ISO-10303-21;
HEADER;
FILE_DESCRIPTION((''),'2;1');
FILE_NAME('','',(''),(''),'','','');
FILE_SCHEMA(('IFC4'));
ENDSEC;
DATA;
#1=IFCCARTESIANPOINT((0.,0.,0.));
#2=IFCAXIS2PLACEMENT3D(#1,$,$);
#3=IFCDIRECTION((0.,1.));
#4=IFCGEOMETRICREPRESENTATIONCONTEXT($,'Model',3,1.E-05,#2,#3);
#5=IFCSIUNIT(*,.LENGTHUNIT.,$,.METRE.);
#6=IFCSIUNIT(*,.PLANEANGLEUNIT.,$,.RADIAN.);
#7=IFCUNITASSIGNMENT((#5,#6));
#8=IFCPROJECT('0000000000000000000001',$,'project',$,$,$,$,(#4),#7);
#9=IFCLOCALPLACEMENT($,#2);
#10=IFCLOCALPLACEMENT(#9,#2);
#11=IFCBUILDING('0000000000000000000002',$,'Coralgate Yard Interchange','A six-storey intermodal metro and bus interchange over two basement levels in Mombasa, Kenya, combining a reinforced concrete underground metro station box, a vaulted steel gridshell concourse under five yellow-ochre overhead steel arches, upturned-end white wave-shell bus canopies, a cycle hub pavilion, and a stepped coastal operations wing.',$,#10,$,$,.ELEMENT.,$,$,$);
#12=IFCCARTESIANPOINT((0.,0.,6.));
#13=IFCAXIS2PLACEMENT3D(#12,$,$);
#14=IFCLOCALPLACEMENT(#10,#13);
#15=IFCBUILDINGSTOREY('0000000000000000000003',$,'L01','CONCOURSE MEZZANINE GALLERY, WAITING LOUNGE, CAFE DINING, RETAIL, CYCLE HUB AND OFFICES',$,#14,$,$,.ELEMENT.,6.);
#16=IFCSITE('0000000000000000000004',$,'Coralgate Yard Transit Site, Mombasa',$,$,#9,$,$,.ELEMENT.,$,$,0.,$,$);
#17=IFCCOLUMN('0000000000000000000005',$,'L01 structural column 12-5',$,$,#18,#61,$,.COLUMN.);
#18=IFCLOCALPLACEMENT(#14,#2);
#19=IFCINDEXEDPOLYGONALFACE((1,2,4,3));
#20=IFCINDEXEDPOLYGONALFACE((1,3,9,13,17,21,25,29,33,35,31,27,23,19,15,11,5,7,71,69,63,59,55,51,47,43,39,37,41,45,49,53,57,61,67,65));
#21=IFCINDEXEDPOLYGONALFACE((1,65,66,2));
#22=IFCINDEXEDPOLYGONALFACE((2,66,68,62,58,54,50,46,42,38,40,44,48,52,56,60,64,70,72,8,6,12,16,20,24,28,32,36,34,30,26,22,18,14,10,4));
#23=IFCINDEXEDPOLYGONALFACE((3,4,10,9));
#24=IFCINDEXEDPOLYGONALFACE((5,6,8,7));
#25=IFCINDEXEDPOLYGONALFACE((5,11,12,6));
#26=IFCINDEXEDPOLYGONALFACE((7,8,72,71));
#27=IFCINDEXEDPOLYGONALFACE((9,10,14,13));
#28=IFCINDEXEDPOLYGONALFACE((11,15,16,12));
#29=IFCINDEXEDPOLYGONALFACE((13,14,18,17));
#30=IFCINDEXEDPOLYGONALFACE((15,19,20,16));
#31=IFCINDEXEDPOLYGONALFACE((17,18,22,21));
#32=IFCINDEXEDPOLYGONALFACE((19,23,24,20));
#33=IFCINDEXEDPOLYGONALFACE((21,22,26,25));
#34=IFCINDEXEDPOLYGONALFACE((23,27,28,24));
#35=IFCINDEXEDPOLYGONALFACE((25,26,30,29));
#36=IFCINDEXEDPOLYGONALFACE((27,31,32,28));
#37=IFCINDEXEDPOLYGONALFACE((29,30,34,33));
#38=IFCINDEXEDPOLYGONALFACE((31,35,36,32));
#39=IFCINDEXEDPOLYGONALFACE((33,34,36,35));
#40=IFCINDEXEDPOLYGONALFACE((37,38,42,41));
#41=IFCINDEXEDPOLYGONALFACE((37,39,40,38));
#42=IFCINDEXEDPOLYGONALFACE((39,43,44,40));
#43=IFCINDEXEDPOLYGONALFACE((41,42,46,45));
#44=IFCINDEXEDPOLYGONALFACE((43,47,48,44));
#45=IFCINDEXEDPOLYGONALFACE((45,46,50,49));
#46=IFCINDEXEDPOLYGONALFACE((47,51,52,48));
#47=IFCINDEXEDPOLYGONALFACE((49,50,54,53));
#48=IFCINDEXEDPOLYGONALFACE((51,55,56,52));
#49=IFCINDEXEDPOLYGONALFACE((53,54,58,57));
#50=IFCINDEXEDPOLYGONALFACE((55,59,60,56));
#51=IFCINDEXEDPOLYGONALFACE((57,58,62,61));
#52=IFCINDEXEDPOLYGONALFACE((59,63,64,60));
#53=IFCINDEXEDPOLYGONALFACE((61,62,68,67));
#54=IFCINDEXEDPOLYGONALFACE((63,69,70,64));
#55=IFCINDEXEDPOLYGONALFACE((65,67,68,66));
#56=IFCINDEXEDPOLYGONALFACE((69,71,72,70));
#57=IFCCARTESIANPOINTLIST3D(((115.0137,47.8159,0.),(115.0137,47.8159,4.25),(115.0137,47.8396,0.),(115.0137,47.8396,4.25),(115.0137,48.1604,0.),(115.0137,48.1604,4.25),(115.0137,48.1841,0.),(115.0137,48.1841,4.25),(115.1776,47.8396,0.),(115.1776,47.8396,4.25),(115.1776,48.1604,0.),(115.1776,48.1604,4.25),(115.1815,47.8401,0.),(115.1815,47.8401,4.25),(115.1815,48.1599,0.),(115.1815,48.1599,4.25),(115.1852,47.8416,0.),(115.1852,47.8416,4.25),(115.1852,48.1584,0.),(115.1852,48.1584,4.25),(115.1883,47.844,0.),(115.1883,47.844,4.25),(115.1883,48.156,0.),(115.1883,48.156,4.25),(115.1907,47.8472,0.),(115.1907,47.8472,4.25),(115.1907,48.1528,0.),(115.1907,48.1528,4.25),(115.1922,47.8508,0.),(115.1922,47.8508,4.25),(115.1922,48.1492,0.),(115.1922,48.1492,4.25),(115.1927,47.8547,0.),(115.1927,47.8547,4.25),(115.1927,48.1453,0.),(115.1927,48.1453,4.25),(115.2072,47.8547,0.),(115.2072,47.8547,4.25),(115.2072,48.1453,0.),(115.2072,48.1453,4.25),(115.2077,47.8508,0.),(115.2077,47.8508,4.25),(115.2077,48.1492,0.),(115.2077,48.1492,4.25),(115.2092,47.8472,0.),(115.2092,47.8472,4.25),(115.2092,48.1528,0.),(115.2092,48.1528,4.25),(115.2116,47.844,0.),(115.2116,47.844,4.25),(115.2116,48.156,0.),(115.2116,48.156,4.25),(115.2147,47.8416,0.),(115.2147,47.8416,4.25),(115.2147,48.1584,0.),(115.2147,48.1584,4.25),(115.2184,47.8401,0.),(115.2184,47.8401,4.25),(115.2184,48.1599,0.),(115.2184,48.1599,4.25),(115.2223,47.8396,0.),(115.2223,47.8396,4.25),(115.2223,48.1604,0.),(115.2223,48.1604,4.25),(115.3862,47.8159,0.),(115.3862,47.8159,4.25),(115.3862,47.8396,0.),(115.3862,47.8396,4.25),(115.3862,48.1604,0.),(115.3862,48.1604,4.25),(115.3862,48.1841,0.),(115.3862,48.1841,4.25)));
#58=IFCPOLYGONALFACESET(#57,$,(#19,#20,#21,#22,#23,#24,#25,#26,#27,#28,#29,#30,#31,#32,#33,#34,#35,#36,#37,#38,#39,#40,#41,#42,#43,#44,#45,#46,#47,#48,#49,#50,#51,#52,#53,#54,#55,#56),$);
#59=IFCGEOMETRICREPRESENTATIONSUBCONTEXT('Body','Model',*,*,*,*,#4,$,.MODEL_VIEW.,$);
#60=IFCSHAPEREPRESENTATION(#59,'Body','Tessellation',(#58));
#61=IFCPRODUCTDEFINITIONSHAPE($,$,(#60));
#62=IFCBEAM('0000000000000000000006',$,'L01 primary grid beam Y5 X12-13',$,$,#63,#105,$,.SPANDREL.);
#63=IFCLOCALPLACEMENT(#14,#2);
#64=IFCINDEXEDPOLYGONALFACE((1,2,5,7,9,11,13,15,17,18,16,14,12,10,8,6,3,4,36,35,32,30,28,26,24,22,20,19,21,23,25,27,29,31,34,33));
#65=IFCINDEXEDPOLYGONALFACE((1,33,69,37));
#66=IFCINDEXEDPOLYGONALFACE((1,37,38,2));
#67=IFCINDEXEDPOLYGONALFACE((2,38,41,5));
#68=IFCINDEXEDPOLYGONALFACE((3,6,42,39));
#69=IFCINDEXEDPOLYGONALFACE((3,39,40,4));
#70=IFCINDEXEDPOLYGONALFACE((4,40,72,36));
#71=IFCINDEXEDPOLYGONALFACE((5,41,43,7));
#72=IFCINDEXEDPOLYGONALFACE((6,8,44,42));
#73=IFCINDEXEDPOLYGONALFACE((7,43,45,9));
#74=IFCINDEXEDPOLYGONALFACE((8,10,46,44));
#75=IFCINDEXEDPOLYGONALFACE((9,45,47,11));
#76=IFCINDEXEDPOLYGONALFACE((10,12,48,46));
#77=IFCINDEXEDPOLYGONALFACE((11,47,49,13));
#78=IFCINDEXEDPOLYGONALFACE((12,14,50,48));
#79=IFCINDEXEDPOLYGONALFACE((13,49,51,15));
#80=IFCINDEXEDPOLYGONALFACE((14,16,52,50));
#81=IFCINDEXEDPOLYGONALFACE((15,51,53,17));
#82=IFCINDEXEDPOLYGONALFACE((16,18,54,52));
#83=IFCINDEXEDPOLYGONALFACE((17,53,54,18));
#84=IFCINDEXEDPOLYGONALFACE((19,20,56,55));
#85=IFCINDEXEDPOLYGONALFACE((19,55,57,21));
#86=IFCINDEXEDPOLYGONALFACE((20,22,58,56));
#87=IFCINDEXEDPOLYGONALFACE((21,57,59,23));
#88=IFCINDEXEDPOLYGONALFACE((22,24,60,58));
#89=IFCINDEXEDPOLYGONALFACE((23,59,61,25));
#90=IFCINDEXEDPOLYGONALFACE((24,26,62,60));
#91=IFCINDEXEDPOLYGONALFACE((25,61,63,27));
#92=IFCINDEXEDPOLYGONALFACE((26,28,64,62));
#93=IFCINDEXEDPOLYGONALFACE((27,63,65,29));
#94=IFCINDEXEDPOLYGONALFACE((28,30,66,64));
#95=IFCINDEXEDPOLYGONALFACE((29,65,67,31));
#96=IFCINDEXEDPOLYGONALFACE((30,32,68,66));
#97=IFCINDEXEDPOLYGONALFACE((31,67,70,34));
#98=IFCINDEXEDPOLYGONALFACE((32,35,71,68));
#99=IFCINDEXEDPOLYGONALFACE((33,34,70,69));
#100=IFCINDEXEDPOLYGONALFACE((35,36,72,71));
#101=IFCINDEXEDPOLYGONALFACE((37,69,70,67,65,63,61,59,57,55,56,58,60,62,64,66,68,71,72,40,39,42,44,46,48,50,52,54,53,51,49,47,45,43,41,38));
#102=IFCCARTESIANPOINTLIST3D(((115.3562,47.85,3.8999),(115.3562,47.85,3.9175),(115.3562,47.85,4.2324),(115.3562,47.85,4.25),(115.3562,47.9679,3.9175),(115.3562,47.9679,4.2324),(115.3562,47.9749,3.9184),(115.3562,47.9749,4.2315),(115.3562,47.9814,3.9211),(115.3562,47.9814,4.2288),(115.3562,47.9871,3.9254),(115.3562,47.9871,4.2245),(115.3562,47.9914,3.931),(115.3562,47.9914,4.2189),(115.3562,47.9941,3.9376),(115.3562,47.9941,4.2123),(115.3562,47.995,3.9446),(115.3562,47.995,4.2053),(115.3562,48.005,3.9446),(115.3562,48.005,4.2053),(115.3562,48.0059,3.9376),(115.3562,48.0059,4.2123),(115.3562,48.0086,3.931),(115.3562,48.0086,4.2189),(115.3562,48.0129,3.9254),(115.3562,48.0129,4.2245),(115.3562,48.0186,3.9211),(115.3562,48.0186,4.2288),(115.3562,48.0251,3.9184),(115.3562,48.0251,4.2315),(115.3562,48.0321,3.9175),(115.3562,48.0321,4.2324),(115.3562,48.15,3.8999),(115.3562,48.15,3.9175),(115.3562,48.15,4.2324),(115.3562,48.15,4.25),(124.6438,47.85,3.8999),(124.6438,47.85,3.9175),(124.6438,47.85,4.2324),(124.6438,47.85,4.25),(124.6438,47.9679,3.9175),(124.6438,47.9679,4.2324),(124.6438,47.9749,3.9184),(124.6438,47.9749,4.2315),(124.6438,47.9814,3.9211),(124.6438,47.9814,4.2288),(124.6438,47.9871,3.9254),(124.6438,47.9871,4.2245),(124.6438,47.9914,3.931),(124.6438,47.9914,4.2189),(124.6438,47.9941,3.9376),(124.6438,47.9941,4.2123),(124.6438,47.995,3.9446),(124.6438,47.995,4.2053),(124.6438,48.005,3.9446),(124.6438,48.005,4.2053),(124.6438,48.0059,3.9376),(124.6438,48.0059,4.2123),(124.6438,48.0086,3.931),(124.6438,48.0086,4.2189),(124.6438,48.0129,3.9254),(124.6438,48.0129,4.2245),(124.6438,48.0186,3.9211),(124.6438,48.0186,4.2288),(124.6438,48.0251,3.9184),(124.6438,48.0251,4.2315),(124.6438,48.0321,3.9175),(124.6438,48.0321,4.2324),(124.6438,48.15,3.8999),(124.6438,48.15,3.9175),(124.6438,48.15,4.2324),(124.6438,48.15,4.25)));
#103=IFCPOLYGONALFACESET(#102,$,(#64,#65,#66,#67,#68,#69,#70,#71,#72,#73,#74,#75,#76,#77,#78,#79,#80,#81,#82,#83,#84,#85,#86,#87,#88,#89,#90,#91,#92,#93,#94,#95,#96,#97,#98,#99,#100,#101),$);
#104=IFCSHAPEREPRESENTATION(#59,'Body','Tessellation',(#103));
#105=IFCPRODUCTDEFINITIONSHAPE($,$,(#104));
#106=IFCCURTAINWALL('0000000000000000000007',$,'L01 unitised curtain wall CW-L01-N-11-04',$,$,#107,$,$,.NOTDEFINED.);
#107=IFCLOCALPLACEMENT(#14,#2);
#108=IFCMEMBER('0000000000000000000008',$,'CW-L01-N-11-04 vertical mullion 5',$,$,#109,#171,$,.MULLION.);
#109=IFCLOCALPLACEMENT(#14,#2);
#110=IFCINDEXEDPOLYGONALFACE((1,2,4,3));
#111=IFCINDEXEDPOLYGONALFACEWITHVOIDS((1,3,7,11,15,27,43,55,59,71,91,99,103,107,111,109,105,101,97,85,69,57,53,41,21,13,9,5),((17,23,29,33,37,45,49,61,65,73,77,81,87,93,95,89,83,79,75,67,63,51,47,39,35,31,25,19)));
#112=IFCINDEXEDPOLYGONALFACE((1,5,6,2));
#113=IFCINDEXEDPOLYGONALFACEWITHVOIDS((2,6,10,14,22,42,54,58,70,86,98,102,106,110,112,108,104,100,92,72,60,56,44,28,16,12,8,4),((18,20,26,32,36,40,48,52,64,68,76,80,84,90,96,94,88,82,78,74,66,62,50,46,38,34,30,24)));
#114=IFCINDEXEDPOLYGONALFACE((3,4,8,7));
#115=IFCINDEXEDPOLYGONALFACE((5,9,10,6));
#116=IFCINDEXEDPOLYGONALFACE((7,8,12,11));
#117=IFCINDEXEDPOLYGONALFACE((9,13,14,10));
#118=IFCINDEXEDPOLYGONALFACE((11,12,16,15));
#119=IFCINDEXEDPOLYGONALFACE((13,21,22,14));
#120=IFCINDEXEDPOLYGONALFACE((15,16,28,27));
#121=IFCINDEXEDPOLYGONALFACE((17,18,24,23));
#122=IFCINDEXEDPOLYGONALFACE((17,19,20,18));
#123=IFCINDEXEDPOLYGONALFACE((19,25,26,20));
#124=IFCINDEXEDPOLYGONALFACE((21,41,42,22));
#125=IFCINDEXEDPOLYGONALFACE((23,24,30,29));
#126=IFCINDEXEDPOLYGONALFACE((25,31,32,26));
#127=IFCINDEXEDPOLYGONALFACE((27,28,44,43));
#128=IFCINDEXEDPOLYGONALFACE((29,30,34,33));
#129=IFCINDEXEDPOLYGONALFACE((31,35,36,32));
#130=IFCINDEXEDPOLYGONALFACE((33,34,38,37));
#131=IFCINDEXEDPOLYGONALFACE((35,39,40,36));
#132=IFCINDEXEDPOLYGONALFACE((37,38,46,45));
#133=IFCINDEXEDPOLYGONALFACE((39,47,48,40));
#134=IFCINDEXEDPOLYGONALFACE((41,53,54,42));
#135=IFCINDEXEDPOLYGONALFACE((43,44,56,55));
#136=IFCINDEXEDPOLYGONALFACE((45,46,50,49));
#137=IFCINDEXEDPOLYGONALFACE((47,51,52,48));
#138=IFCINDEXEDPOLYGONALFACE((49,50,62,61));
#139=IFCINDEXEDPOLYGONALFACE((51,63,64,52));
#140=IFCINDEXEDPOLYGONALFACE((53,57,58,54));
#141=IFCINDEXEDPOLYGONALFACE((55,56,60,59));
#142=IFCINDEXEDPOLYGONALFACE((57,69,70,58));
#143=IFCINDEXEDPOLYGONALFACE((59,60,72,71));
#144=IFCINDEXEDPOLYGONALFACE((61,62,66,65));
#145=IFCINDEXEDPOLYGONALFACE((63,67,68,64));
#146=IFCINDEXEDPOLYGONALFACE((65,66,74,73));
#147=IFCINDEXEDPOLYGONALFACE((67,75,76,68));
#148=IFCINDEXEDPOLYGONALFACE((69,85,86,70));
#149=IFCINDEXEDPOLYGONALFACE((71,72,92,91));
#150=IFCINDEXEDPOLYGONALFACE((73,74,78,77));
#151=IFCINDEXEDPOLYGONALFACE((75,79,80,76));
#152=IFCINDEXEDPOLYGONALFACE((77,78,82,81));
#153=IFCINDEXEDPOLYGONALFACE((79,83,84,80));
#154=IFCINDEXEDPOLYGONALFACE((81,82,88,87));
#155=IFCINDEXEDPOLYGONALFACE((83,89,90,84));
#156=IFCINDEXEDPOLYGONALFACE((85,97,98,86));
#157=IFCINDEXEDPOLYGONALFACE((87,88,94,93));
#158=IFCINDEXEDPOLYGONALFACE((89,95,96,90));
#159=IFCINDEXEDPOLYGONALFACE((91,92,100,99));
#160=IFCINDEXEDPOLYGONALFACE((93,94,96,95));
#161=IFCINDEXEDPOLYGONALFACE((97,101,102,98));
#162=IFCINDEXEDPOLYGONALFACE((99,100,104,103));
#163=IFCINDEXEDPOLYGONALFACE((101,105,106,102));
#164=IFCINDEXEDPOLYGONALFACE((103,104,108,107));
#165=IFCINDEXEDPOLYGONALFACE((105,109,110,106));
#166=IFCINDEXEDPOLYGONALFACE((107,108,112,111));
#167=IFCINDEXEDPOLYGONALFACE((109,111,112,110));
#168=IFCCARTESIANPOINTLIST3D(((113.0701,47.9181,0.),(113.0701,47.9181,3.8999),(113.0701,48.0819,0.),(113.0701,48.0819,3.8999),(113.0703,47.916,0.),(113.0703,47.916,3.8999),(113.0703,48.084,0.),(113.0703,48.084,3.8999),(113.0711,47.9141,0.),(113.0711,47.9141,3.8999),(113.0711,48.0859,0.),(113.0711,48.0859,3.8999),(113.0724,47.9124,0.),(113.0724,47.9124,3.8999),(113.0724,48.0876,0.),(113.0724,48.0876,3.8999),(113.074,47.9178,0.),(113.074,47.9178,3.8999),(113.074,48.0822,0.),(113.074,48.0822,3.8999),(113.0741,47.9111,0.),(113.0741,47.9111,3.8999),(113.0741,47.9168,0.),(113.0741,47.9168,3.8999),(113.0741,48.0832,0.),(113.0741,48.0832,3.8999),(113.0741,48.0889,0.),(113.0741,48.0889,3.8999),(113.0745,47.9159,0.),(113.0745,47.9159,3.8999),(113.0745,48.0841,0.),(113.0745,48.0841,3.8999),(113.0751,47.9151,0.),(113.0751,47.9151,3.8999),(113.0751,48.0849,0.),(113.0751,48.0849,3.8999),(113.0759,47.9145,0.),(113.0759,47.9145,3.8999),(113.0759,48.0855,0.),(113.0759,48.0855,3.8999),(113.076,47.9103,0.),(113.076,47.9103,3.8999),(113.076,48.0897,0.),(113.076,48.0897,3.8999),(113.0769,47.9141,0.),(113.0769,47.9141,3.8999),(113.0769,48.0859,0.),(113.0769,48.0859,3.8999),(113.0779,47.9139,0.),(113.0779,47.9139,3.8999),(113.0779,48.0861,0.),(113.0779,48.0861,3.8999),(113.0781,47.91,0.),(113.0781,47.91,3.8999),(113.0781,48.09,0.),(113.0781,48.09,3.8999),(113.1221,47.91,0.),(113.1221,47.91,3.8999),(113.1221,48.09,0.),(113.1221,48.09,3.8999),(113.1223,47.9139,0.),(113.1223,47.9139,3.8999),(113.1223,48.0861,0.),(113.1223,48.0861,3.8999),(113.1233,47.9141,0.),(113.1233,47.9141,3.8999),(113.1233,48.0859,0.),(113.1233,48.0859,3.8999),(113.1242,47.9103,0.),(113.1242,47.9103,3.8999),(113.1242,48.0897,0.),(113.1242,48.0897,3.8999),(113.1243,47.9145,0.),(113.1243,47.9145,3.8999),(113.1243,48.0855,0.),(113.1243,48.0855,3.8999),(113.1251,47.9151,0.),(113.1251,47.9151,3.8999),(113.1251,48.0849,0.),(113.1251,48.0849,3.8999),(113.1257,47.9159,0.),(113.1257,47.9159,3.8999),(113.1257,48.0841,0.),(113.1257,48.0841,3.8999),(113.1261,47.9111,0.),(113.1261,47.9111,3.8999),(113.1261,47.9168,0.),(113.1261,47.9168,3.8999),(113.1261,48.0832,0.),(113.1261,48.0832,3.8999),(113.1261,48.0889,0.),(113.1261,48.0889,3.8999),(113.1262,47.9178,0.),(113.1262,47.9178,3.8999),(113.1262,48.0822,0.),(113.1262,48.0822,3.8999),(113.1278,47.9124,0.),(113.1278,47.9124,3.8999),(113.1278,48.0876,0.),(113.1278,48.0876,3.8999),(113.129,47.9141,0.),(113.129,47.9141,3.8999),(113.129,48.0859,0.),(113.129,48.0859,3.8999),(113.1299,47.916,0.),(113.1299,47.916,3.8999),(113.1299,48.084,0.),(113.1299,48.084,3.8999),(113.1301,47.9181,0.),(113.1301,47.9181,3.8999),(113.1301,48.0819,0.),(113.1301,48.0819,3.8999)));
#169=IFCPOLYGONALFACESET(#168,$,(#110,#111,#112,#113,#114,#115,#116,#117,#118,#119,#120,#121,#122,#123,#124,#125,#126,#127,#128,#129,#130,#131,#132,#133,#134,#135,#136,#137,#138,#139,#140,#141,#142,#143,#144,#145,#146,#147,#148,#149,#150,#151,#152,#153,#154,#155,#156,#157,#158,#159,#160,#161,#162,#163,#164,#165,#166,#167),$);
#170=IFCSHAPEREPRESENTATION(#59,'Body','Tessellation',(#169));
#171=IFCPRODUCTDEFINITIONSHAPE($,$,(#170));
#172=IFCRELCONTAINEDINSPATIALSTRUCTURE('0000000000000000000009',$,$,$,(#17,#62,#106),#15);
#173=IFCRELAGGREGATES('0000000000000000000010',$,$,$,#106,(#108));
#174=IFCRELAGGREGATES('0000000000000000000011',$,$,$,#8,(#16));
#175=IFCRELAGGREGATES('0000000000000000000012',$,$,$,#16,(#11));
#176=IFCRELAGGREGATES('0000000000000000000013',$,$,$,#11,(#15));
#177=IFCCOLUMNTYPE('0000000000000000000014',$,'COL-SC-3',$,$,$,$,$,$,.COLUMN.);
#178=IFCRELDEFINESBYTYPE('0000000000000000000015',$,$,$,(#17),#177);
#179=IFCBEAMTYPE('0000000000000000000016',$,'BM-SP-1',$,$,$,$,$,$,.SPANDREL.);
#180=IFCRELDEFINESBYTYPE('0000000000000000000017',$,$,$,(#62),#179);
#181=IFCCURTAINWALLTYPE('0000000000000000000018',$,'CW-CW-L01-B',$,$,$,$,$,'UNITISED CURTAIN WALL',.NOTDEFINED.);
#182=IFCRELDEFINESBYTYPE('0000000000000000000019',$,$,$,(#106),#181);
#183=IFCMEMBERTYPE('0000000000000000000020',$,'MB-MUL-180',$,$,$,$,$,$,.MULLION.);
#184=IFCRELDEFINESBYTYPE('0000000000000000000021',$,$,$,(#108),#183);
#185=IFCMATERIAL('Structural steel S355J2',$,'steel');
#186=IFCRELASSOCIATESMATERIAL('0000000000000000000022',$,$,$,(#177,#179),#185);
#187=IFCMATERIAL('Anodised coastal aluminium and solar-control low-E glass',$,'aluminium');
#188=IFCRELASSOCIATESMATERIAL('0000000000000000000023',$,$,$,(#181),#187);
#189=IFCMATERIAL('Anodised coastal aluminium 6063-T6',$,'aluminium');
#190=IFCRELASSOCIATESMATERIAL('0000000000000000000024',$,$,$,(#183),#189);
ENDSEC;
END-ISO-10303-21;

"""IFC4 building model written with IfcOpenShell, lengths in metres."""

from ifc_helpers import new_model, si_unit, direction, frame, origin, origin_2d, place, context, subcontext, project, spatial, hollow_rectangle, i_section, extrude, material, material_profile, profile_set, type_object, element, aggregate, save


model = new_model("IFC4")

# Units and contexts
model_context = context("Model", 3, precision=1e-05, world=origin(), true_north=direction((0.0, 1.0)))
body_context = subcontext(model_context, "Body", "Model", "MODEL_VIEW")
ifc_project = project(units=[si_unit("LENGTHUNIT", "METRE"), si_unit("PLANEANGLEUNIT", "RADIAN")], contexts=[model_context])

# Site, building, storey
site_placement = place(None, origin())
site = spatial("IfcSite", under=ifc_project, at=site_placement, Name="Coralgate Yard Transit Site, Mombasa", CompositionType="ELEMENT", RefElevation=0.0)
building_placement = place(site_placement, origin())
building = spatial("IfcBuilding", under=site, at=building_placement, Name="Coralgate Yard Interchange", Description="A six-storey intermodal metro and bus interchange over two basement levels in Mombasa, Kenya, combining a reinforced concrete underground metro station box, a vaulted steel gridshell concourse under five yellow-ochre overhead steel arches, upturned-end white wave-shell bus canopies, a cycle hub pavilion, and a stepped coastal operations wing.", CompositionType="ELEMENT")
storey_placement = place(building_placement, frame((0.0, 0.0, 6.0)))
storey = spatial("IfcBuildingStorey", under=building, at=storey_placement, Name="L01", Description="CONCOURSE MEZZANINE GALLERY, WAITING LOUNGE, CAFE DINING, RETAIL, CYCLE HUB AND OFFICES", CompositionType="ELEMENT", Elevation=6.0)

# Column
ifc_material_1 = material(Name="Structural steel S355J2", Category="steel")
ifc_material_profile_1 = material_profile(ifc_material_1, i_section(OverallWidth=0.3726, OverallDepth=0.3682, WebThickness=0.0144, FlangeThickness=0.0237, FilletRadius=0.0151, at=origin_2d()), Name="UC 356x368x177")
ifc_profile_set_1 = profile_set([ifc_material_profile_1], Name="Structural steel S355J2")
column_type = type_object("IfcColumnType", Name="COL-SC-3", PredefinedType="COLUMN", material=ifc_profile_set_1)
column_placement = place(storey_placement, frame((115.2, 48.0, 0.0), z_axis=(0.0, 0.0, 1.0), x_axis=(1.0, 0.0, 0.0)))
element("IfcColumn", 1, at=column_placement, inside=storey, type_object=column_type, Name="L01 structural column 12-5", PredefinedType="COLUMN", context=body_context, shape_type="SweptSolid", body=[
    extrude(i_section(OverallWidth=0.3726, OverallDepth=0.3682, WebThickness=0.0144, FlangeThickness=0.0237, FilletRadius=0.0151, at=origin_2d()), origin(), (0.0, 0.0, 1.0), 4.25),
])

# Beam
ifc_material_profile_2 = material_profile(ifc_material_1, i_section(OverallWidth=0.3, OverallDepth=0.3501, WebThickness=0.01, FlangeThickness=0.0176, FilletRadius=0.0271, at=origin_2d()), Name="HEA 360")
ifc_profile_set_2 = profile_set([ifc_material_profile_2], Name="Structural steel S355J2")
beam_type = type_object("IfcBeamType", Name="BM-SP-1", PredefinedType="SPANDREL", material=ifc_profile_set_2)
beam_placement = place(storey_placement, frame((115.3562, 48.0, 4.075), z_axis=(1.0, 0.0, 0.0), x_axis=(0.0, 1.0, 0.0)))
element("IfcBeam", 2, at=beam_placement, inside=storey, type_object=beam_type, Name="L01 primary grid beam Y5 X12-13", PredefinedType="SPANDREL", context=body_context, shape_type="SweptSolid", body=[
    extrude(i_section(OverallWidth=0.3, OverallDepth=0.3501, WebThickness=0.01, FlangeThickness=0.0176, FilletRadius=0.0271, at=origin_2d()), origin(), (0.0, 0.0, 1.0), 9.2876),
])

# Curtain wall, member
ifc_material_2 = material(Name="Anodised coastal aluminium and solar-control low-E glass", Category="aluminium")
curtain_wall_type = type_object("IfcCurtainWallType", Name="CW-CW-L01-B", ElementType="UNITISED CURTAIN WALL", PredefinedType="NOTDEFINED", material=ifc_material_2)
curtain_wall_1_placement = place(storey_placement, origin())
curtain_wall_1 = element("IfcCurtainWall", 3, at=curtain_wall_1_placement, inside=storey, type_object=curtain_wall_type, Name="L01 unitised curtain wall CW-L01-N-11-04", PredefinedType="NOTDEFINED")
ifc_material_3 = material(Name="Anodised coastal aluminium 6063-T6", Category="aluminium")
ifc_material_profile_3 = material_profile(ifc_material_3, hollow_rectangle(XDim=0.0601, YDim=0.1799, WallThickness=0.0039, InnerFilletRadius=0.0039, OuterFilletRadius=0.0081, at=origin_2d()), Name="ALU 60x180x4")
ifc_profile_set_3 = profile_set([ifc_material_profile_3], Name="Anodised coastal aluminium 6063-T6")
member_type_1 = type_object("IfcMemberType", Name="MB-MUL-180", PredefinedType="MULLION", material=ifc_profile_set_3)
member_1_placement = place(storey_placement, frame((113.1001, 48.0, 0.0), z_axis=(0.0, 0.0, 1.0), x_axis=(1.0, 0.0, 0.0)))
member_1 = element("IfcMember", 4, at=member_1_placement, type_object=member_type_1, Name="CW-L01-N-11-04 vertical mullion 5", PredefinedType="MULLION", context=body_context, shape_type="SweptSolid", body=[
    extrude(hollow_rectangle(XDim=0.0601, YDim=0.1799, WallThickness=0.0039, InnerFilletRadius=0.0039, OuterFilletRadius=0.0081, at=origin_2d()), origin(), (0.0, 0.0, 1.0), 3.8999),
])

aggregate(curtain_wall_1, [member_1])

save(model, "model.ifc")
